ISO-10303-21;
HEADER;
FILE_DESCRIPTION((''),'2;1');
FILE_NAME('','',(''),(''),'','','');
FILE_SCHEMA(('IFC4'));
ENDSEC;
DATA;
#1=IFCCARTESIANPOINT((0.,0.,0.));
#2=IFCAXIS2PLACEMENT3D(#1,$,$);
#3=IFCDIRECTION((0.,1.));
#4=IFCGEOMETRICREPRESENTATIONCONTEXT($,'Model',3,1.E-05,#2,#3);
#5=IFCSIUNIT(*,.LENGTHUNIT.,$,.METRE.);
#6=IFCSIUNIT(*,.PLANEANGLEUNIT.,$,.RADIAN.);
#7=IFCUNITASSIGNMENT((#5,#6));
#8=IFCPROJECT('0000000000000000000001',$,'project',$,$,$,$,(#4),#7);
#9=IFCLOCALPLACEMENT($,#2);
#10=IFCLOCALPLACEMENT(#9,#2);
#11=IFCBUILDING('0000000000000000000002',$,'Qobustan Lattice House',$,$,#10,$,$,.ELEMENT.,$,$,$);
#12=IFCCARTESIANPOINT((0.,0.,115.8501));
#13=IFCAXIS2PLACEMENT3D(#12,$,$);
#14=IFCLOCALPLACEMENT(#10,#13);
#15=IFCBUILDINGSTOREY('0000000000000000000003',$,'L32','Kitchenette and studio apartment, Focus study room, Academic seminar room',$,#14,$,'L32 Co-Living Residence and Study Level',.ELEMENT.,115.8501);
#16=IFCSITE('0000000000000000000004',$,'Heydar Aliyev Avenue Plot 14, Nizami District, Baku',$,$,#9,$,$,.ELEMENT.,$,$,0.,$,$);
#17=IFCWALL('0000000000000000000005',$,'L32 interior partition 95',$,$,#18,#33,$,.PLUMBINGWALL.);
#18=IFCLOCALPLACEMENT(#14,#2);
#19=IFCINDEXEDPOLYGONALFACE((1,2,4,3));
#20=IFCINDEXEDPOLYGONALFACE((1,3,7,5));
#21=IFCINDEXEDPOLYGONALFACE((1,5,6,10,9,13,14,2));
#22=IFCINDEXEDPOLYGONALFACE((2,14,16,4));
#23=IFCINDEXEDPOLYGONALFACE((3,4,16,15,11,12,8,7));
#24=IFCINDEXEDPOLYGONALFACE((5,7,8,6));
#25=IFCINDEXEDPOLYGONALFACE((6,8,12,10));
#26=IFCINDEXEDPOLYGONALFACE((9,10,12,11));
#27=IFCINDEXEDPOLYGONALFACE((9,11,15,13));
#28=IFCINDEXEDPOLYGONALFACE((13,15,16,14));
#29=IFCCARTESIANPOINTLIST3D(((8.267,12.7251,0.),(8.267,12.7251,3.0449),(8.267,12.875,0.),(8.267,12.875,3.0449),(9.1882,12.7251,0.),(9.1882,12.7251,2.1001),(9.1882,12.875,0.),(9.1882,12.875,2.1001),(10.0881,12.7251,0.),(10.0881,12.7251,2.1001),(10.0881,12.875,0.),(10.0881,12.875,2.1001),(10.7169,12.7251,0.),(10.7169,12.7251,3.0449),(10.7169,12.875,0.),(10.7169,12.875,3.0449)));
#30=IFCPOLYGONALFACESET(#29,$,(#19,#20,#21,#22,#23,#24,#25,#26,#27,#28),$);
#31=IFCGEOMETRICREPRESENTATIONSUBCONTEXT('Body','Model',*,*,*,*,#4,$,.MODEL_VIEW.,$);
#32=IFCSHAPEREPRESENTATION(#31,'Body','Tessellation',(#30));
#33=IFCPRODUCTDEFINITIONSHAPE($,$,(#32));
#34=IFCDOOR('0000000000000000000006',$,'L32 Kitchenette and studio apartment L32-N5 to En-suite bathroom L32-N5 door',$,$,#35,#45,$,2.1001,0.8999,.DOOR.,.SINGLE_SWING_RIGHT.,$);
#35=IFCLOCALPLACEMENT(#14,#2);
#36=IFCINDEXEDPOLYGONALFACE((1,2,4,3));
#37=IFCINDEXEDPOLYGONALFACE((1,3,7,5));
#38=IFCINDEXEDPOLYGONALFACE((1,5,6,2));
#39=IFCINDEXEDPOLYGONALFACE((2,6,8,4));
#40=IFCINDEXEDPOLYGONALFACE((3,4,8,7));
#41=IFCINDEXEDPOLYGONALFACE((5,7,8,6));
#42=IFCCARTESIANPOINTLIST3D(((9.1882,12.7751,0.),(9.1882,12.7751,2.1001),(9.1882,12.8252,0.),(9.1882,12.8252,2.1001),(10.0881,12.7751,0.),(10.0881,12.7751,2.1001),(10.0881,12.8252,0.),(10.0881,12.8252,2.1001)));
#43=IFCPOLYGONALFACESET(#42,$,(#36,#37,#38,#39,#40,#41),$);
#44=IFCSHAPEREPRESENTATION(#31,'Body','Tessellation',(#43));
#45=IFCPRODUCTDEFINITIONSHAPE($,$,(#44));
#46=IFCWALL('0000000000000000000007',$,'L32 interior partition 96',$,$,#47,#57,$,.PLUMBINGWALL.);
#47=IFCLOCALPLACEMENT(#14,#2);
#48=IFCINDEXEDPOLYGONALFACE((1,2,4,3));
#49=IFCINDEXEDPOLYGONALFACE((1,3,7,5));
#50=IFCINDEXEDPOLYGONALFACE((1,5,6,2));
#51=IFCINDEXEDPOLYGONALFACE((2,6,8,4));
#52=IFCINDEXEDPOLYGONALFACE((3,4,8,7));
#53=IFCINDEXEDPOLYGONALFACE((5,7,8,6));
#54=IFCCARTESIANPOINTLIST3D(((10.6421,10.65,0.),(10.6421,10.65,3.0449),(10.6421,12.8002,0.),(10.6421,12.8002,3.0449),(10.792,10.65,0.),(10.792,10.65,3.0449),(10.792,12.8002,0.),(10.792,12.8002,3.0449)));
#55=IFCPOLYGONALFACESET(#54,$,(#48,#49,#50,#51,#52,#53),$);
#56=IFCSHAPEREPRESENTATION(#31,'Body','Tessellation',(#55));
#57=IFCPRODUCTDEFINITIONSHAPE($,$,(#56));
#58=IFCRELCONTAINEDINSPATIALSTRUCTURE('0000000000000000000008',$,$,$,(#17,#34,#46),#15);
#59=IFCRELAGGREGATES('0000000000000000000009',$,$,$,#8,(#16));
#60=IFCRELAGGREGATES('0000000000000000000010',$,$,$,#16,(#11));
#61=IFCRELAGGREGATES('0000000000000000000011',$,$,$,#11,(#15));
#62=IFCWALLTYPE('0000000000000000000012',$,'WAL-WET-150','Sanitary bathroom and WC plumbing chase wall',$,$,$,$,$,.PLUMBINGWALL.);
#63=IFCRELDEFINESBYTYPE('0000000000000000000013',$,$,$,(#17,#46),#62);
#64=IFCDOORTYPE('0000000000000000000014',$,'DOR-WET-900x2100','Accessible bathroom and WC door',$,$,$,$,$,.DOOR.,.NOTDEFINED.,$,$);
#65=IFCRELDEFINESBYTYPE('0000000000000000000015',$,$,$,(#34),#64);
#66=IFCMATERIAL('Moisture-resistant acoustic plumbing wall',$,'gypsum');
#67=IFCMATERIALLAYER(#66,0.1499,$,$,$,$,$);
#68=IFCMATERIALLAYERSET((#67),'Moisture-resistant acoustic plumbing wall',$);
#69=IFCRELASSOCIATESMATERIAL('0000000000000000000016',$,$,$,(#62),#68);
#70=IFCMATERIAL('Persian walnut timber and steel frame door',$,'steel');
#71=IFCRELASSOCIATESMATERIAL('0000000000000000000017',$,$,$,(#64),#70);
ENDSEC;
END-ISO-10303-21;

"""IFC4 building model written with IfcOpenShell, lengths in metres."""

from ifc_helpers import new_model, si_unit, direction, frame, frame_2d, origin, place, context, subcontext, project, spatial, rectangle, extrude, material, layer, layer_set, type_object, element, fill, save


model = new_model("IFC4")

# Units and contexts
model_context = context("Model", 3, precision=1e-05, world=origin(), true_north=direction((0.0, 1.0)))
body_context = subcontext(model_context, "Body", "Model", "MODEL_VIEW")
ifc_project = project(units=[si_unit("LENGTHUNIT", "METRE"), si_unit("PLANEANGLEUNIT", "RADIAN")], contexts=[model_context])

# Site, building, storey
site_placement = place(None, origin())
site = spatial("IfcSite", under=ifc_project, at=site_placement, Name="Heydar Aliyev Avenue Plot 14, Nizami District, Baku", CompositionType="ELEMENT", RefElevation=0.0)
building_placement = place(site_placement, origin())
building = spatial("IfcBuilding", under=site, at=building_placement, Name="Qobustan Lattice House", CompositionType="ELEMENT")
storey_placement = place(building_placement, frame((0.0, 0.0, 115.8501)))
storey = spatial("IfcBuildingStorey", under=building, at=storey_placement, Name="L32", Description="Kitchenette and studio apartment, Focus study room, Academic seminar room", LongName="L32 Co-Living Residence and Study Level", CompositionType="ELEMENT", Elevation=115.8501)

# Shared definitions
ifc_material_1 = material(Name="Moisture-resistant acoustic plumbing wall", Category="gypsum")
ifc_layer_1 = layer(ifc_material_1, 0.1499)
ifc_layer_set_1 = layer_set([ifc_layer_1], Name="Moisture-resistant acoustic plumbing wall")
wall_type_1 = type_object("IfcWallType", Name="WAL-WET-150", Description="Sanitary bathroom and WC plumbing chase wall", PredefinedType="PLUMBINGWALL", material=ifc_layer_set_1)

# Shared definitions
ifc_material_2 = material(Name="Persian walnut timber and steel frame door", Category="steel")
door_type_1 = type_object("IfcDoorType", Name="DOR-WET-900x2100", Description="Accessible bathroom and WC door", OperationType="NOTDEFINED", PredefinedType="DOOR", material=ifc_material_2)

# Wall, opening, door
wall_1_placement = place(storey_placement, frame((10.717, 12.8, 0.0), z_axis=(0.0, 0.0, 1.0), x_axis=(-1.0, 0.0, 0.0)))
wall_1 = element("IfcWall", 1, at=wall_1_placement, inside=storey, type_object=wall_type_1, Name="L32 interior partition 95", PredefinedType="PLUMBINGWALL", context=body_context, shape_type="SweptSolid", body=[
    extrude(rectangle(XDim=2.45, YDim=0.1499, at=frame_2d((1.2251, 0.0))), origin(), (0.0, 0.0, 1.0), 3.0449),
])
opening_1_placement = place(wall_1_placement, frame((0.6289, 0.0, 0.0)))
opening_1 = element("IfcOpeningElement", 2, at=opening_1_placement, cuts=wall_1, PredefinedType="OPENING", context=body_context, shape_type="SweptSolid", body=[
    extrude(rectangle(XDim=0.8999, YDim=2.1001, at=frame_2d((0.45, 1.05))), frame((0.0, 0.085, 0.0), z_axis=(0.0, -1.0, 0.0), x_axis=(1.0, 0.0, 0.0)), (0.0, 0.0, 1.0), 0.1699),
])
door_1_placement = place(opening_1_placement, origin())
door_1 = element("IfcDoor", 3, at=door_1_placement, inside=storey, type_object=door_type_1, Name="L32 Kitchenette and studio apartment L32-N5 to En-suite bathroom L32-N5 door", OperationType="SINGLE_SWING_RIGHT", OverallHeight=2.1001, OverallWidth=0.8999, PredefinedType="DOOR", context=body_context, shape_type="SweptSolid", body=[
    extrude(rectangle(XDim=0.8999, YDim=2.1001, at=frame_2d((0.45, 1.05))), frame((0.0, 0.0249, 0.0), z_axis=(0.0, -1.0, 0.0), x_axis=(1.0, 0.0, 0.0)), (0.0, 0.0, 1.0), 0.05),
])
fill(opening_1, door_1)

# Wall
wall_2_placement = place(storey_placement, frame((10.717, 10.6499, 0.0), z_axis=(0.0, 0.0, 1.0), x_axis=(0.0, 1.0, 0.0)))
element("IfcWall", 4, at=wall_2_placement, inside=storey, type_object=wall_type_1, Name="L32 interior partition 96", PredefinedType="PLUMBINGWALL", context=body_context, shape_type="SweptSolid", body=[
    extrude(rectangle(XDim=2.1501, YDim=0.1499, at=frame_2d((1.0752, 0.0))), origin(), (0.0, 0.0, 1.0), 3.0449),
])

save(model, "model.ifc")
